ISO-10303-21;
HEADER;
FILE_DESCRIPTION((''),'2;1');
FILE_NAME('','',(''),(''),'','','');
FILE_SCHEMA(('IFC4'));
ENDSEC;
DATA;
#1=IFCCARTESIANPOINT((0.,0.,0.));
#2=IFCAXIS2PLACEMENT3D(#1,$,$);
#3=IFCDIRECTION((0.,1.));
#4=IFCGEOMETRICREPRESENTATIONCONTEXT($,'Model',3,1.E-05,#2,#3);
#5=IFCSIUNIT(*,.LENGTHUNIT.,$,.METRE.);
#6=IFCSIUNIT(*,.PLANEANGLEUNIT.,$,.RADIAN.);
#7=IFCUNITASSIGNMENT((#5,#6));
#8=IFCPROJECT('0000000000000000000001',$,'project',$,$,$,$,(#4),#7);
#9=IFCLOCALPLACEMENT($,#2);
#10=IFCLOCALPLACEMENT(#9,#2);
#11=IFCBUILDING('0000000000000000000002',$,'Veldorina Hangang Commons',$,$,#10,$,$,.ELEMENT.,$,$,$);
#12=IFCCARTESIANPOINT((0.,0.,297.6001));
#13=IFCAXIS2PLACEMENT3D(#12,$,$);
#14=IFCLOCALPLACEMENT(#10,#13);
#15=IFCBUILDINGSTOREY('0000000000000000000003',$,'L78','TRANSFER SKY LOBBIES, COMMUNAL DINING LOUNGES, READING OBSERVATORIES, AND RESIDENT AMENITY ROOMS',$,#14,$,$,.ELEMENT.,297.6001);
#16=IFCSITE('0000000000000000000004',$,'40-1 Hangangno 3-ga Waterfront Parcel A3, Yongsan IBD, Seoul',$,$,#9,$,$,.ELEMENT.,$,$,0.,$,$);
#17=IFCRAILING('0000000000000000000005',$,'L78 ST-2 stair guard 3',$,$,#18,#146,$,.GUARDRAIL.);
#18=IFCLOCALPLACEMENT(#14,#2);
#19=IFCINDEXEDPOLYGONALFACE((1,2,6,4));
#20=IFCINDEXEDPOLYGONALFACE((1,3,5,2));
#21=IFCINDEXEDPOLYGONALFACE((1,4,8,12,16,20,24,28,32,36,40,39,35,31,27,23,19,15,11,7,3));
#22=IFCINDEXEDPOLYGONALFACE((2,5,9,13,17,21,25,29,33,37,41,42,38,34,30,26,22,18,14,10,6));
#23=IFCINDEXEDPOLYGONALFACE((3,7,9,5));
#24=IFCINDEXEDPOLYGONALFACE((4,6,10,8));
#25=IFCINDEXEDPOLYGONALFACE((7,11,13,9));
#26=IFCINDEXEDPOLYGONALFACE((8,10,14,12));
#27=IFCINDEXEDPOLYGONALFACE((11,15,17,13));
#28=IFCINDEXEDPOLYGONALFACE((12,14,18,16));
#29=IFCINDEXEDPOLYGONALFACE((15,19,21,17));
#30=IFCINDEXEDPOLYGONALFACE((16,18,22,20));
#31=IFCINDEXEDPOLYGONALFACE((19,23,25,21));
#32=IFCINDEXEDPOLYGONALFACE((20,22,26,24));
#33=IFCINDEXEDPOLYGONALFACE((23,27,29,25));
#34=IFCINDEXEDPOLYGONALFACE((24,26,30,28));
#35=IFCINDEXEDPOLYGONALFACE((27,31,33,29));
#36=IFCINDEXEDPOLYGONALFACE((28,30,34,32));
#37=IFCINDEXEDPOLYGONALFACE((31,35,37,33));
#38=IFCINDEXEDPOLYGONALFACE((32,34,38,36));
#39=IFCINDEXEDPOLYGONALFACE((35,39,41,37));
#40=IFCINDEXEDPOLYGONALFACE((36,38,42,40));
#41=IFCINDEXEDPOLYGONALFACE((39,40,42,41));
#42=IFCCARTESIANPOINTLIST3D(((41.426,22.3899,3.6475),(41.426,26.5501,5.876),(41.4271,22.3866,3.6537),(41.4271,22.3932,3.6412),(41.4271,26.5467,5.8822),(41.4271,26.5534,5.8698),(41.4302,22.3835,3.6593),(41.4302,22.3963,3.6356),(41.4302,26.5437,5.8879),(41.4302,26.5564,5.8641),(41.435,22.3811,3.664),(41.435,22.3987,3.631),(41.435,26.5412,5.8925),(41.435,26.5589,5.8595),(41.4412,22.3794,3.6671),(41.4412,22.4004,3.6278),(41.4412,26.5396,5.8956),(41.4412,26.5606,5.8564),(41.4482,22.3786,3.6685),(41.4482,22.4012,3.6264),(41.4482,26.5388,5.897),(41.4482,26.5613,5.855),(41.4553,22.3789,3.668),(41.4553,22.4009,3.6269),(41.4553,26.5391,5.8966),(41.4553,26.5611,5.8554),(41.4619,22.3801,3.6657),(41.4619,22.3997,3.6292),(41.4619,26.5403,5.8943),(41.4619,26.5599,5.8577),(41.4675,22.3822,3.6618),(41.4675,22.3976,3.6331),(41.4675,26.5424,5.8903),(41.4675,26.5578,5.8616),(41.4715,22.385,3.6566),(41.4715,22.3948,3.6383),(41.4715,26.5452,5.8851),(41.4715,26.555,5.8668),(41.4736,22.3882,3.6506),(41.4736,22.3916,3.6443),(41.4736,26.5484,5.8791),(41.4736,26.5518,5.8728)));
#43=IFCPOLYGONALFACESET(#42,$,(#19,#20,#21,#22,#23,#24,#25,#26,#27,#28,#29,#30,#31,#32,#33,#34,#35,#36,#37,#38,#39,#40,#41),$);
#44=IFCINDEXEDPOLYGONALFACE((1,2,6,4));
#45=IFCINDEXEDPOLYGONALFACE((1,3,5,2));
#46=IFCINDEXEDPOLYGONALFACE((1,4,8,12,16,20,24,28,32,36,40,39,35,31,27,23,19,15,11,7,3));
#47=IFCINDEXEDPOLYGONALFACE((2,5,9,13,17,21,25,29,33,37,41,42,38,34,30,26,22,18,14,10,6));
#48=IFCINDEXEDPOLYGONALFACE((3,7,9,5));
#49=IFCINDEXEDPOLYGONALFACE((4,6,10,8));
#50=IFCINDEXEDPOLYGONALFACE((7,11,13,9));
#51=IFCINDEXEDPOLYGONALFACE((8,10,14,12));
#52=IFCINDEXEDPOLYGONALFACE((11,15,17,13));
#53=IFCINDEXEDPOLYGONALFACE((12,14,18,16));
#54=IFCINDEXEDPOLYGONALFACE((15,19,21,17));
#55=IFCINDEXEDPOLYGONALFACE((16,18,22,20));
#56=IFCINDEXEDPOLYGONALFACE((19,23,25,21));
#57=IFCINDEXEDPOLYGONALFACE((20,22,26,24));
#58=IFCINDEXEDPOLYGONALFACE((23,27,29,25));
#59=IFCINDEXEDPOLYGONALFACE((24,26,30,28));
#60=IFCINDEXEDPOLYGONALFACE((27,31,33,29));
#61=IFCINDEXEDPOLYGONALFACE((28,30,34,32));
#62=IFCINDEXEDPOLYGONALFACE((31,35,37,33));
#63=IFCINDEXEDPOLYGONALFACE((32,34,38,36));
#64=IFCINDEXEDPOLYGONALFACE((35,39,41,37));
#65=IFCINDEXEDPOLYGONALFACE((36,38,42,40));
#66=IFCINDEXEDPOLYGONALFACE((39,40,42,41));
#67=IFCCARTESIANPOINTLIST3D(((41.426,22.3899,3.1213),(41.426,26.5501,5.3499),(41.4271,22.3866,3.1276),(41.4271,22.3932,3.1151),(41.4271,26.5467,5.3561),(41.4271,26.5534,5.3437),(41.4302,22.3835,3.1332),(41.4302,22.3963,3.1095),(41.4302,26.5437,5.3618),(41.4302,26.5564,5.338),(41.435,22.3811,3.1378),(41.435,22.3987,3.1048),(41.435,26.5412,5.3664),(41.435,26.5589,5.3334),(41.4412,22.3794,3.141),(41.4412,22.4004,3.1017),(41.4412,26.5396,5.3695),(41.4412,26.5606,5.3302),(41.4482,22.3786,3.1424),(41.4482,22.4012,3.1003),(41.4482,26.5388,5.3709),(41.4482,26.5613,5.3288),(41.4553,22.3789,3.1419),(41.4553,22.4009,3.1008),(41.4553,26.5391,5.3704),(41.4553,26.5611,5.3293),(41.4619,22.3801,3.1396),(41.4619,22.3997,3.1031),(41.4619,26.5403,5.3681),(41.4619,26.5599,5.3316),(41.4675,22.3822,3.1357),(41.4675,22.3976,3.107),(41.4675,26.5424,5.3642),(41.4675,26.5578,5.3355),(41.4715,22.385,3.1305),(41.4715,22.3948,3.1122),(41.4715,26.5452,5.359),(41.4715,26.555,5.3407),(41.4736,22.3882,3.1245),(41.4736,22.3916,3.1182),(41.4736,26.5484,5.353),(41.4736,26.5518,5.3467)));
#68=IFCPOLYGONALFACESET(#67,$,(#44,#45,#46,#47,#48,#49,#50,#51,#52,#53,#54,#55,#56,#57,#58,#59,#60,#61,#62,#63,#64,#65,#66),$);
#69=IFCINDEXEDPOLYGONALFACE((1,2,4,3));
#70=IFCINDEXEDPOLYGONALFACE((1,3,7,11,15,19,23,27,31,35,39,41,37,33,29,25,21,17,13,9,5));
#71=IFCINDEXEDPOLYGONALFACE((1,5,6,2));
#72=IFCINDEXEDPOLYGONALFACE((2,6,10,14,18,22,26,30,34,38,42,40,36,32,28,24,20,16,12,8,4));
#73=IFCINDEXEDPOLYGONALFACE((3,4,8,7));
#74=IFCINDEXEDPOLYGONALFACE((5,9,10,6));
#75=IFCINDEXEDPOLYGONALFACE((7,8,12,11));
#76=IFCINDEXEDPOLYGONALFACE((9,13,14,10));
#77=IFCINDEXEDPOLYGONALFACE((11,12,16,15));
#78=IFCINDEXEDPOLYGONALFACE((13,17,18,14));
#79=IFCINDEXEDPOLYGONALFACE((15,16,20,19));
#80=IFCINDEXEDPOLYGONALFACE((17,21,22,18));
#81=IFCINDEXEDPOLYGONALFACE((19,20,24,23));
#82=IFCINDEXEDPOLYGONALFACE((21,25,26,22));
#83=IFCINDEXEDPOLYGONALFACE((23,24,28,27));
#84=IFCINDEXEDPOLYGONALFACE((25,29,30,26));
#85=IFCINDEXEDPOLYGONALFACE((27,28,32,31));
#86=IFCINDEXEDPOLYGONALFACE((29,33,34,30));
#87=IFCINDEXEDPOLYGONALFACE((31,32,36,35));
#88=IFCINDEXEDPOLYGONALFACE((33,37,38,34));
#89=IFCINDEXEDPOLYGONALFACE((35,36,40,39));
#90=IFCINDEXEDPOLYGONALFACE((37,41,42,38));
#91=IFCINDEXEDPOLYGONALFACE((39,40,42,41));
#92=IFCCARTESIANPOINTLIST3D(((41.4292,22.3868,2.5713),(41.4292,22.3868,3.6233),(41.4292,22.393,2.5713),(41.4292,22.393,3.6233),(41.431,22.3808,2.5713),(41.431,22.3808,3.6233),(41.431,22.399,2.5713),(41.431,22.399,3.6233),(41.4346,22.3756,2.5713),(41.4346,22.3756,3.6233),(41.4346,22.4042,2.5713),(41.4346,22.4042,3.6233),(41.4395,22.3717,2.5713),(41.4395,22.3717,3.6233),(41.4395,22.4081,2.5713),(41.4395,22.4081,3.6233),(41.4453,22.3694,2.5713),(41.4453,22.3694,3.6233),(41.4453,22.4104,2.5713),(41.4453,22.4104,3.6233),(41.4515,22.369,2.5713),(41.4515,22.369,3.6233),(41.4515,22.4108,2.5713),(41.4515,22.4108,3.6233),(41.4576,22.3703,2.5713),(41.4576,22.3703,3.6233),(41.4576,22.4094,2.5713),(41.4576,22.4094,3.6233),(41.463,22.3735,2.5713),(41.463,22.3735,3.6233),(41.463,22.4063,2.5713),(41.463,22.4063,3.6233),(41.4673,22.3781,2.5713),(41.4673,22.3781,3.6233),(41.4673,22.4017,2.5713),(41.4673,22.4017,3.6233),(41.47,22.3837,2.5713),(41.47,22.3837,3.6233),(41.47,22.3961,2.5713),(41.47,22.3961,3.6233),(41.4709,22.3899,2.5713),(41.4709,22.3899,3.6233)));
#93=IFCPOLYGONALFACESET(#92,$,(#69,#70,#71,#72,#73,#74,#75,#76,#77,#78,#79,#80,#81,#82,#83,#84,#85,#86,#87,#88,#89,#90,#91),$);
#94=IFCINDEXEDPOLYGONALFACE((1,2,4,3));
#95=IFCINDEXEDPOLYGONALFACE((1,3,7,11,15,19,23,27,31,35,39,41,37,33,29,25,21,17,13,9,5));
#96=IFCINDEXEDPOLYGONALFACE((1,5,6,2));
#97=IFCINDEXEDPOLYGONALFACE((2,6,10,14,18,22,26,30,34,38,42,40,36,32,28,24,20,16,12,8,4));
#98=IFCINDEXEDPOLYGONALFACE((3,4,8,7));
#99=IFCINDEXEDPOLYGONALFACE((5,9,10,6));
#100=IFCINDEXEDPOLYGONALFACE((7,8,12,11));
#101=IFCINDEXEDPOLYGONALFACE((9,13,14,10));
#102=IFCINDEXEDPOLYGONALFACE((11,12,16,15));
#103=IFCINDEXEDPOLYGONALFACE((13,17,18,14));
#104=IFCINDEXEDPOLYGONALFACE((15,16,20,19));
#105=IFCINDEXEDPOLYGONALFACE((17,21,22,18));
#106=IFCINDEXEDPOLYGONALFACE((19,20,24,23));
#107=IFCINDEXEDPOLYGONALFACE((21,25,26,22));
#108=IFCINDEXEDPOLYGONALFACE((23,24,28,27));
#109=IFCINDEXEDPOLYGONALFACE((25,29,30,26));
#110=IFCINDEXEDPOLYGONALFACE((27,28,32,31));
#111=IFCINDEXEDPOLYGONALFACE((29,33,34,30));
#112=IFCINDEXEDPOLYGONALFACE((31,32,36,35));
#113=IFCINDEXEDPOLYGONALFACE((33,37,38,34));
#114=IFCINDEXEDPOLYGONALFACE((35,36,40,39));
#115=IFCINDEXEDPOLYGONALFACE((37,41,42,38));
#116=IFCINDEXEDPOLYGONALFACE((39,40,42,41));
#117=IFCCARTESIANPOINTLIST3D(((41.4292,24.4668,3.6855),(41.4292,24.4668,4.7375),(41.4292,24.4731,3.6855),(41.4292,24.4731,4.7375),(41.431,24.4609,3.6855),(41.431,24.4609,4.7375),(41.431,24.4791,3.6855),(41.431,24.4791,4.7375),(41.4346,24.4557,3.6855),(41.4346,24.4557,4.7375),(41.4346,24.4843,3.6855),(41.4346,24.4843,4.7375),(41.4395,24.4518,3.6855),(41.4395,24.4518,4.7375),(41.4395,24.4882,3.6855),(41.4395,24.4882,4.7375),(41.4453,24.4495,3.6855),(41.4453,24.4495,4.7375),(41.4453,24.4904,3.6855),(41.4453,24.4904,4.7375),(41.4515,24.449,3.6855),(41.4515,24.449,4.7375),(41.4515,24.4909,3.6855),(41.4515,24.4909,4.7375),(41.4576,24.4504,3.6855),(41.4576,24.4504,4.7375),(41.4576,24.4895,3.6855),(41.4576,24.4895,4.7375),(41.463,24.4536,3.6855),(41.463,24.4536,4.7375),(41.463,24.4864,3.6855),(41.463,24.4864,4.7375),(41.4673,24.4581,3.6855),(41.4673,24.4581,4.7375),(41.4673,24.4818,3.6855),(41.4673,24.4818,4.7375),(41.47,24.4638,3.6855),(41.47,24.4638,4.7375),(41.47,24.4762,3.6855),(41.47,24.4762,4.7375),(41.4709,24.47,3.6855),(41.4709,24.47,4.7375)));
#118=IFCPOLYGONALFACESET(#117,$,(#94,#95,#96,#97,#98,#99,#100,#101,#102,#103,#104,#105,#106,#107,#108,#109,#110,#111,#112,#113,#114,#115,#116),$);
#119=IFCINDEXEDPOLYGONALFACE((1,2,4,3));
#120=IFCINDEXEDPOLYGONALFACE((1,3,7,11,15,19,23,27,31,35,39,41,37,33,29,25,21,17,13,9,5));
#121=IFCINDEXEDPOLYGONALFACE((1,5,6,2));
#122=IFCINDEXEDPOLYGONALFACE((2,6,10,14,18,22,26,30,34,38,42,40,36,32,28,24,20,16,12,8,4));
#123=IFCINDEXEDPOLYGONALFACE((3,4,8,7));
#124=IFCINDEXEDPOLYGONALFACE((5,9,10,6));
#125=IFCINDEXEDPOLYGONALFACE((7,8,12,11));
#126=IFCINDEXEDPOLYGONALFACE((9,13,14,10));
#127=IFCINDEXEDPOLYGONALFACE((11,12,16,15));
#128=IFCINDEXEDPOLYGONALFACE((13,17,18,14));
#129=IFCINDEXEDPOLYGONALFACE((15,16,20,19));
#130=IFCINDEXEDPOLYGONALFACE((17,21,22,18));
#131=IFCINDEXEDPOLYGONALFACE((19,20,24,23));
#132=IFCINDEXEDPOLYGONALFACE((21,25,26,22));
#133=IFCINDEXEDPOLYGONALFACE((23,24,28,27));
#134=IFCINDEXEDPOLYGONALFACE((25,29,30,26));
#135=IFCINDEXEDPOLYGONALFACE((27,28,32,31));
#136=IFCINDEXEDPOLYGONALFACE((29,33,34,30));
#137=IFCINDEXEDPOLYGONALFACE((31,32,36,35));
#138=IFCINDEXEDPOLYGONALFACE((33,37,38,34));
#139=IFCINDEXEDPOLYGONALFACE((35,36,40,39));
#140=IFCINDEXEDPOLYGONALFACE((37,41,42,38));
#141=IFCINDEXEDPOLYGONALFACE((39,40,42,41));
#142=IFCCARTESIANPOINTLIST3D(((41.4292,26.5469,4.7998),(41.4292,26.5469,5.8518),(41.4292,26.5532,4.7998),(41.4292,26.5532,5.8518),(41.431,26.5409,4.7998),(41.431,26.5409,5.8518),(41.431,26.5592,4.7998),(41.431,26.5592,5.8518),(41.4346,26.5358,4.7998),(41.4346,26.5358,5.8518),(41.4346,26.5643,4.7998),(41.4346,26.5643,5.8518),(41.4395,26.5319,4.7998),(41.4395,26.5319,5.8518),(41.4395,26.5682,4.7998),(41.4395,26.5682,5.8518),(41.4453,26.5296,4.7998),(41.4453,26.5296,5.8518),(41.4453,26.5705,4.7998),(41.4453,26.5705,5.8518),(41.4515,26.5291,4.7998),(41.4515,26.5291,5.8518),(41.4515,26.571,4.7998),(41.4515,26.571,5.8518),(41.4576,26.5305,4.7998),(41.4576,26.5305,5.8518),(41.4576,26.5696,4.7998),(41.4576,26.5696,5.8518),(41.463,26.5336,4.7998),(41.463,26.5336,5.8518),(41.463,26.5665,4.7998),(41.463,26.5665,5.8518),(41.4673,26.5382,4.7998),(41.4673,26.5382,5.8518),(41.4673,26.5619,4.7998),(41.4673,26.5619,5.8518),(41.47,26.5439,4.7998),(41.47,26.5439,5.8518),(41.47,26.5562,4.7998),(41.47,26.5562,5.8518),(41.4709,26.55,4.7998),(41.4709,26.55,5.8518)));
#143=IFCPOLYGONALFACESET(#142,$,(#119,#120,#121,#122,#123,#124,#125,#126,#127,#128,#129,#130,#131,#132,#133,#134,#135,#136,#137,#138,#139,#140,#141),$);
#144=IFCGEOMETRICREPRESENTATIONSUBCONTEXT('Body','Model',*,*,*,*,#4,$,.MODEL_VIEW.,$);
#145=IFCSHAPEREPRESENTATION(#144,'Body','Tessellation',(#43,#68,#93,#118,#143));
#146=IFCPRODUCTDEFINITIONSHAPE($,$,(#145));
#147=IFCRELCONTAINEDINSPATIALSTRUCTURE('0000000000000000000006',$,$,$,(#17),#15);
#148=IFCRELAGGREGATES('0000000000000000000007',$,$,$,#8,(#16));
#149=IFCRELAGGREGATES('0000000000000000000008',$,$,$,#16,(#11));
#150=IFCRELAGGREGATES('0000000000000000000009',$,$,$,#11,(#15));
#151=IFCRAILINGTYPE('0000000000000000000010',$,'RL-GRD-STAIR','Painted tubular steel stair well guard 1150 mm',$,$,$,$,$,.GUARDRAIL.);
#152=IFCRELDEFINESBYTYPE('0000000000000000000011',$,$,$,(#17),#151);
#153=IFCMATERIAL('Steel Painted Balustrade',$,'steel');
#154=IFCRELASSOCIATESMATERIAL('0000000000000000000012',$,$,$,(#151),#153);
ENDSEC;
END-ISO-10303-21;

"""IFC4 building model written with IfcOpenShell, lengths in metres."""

from ifc_helpers import new_model, si_unit, direction, frame, origin, origin_2d, place, context, subcontext, project, spatial, circle, extrude, material, type_object, element, save


model = new_model("IFC4")

# Units and contexts
model_context = context("Model", 3, precision=1e-05, world=origin(), true_north=direction((0.0, 1.0)))
body_context = subcontext(model_context, "Body", "Model", "MODEL_VIEW")
ifc_project = project(units=[si_unit("LENGTHUNIT", "METRE"), si_unit("PLANEANGLEUNIT", "RADIAN")], contexts=[model_context])

# Site, building, storey
site_placement = place(None, origin())
site = spatial("IfcSite", under=ifc_project, at=site_placement, Name="40-1 Hangangno 3-ga Waterfront Parcel A3, Yongsan IBD, Seoul", CompositionType="ELEMENT", RefElevation=0.0)
building_placement = place(site_placement, origin())
building = spatial("IfcBuilding", under=site, at=building_placement, Name="Veldorina Hangang Commons", CompositionType="ELEMENT")
storey_placement = place(building_placement, frame((0.0, 0.0, 297.6001)))
storey = spatial("IfcBuildingStorey", under=building, at=storey_placement, Name="L78", Description="TRANSFER SKY LOBBIES, COMMUNAL DINING LOUNGES, READING OBSERVATORIES, AND RESIDENT AMENITY ROOMS", CompositionType="ELEMENT", Elevation=297.6001)

# Railing
ifc_material_1 = material(Name="Steel Painted Balustrade", Category="steel")
railing_type_1 = type_object("IfcRailingType", Name="RL-GRD-STAIR", Description="Painted tubular steel stair well guard 1150 mm", PredefinedType="GUARDRAIL", material=ifc_material_1)
railing_1_placement = place(storey_placement, frame((41.45, 22.3899, 2.5713)))
element("IfcRailing", 1, at=railing_1_placement, inside=storey, type_object=railing_type_1, Name="L78 ST-2 stair guard 3", PredefinedType="GUARDRAIL", context=body_context, shape_type="SweptSolid", body=[
    extrude(circle(Radius=0.0239, at=origin_2d()), frame((0.0, 0.0, 1.0762), z_axis=(0.0, 0.881492, 0.472198), x_axis=(-1.0, 0.0, 0.0)), (0.0, 0.0, 1.0), 4.7195),
    extrude(circle(Radius=0.0239, at=origin_2d()), frame((0.0, 0.0, 0.55), z_axis=(0.0, 0.881492, 0.472198), x_axis=(-1.0, 0.0, 0.0)), (0.0, 0.0, 1.0), 4.7195),
    extrude(circle(Radius=0.021, at=origin_2d()), origin(), (0.0, 0.0, 1.0), 1.052),
    extrude(circle(Radius=0.021, at=origin_2d()), frame((0.0, 2.0801, 1.1143)), (0.0, 0.0, 1.0), 1.052),
    extrude(circle(Radius=0.021, at=origin_2d()), frame((0.0, 4.1602, 2.2285)), (0.0, 0.0, 1.0), 1.052),
])

save(model, "model.ifc")
